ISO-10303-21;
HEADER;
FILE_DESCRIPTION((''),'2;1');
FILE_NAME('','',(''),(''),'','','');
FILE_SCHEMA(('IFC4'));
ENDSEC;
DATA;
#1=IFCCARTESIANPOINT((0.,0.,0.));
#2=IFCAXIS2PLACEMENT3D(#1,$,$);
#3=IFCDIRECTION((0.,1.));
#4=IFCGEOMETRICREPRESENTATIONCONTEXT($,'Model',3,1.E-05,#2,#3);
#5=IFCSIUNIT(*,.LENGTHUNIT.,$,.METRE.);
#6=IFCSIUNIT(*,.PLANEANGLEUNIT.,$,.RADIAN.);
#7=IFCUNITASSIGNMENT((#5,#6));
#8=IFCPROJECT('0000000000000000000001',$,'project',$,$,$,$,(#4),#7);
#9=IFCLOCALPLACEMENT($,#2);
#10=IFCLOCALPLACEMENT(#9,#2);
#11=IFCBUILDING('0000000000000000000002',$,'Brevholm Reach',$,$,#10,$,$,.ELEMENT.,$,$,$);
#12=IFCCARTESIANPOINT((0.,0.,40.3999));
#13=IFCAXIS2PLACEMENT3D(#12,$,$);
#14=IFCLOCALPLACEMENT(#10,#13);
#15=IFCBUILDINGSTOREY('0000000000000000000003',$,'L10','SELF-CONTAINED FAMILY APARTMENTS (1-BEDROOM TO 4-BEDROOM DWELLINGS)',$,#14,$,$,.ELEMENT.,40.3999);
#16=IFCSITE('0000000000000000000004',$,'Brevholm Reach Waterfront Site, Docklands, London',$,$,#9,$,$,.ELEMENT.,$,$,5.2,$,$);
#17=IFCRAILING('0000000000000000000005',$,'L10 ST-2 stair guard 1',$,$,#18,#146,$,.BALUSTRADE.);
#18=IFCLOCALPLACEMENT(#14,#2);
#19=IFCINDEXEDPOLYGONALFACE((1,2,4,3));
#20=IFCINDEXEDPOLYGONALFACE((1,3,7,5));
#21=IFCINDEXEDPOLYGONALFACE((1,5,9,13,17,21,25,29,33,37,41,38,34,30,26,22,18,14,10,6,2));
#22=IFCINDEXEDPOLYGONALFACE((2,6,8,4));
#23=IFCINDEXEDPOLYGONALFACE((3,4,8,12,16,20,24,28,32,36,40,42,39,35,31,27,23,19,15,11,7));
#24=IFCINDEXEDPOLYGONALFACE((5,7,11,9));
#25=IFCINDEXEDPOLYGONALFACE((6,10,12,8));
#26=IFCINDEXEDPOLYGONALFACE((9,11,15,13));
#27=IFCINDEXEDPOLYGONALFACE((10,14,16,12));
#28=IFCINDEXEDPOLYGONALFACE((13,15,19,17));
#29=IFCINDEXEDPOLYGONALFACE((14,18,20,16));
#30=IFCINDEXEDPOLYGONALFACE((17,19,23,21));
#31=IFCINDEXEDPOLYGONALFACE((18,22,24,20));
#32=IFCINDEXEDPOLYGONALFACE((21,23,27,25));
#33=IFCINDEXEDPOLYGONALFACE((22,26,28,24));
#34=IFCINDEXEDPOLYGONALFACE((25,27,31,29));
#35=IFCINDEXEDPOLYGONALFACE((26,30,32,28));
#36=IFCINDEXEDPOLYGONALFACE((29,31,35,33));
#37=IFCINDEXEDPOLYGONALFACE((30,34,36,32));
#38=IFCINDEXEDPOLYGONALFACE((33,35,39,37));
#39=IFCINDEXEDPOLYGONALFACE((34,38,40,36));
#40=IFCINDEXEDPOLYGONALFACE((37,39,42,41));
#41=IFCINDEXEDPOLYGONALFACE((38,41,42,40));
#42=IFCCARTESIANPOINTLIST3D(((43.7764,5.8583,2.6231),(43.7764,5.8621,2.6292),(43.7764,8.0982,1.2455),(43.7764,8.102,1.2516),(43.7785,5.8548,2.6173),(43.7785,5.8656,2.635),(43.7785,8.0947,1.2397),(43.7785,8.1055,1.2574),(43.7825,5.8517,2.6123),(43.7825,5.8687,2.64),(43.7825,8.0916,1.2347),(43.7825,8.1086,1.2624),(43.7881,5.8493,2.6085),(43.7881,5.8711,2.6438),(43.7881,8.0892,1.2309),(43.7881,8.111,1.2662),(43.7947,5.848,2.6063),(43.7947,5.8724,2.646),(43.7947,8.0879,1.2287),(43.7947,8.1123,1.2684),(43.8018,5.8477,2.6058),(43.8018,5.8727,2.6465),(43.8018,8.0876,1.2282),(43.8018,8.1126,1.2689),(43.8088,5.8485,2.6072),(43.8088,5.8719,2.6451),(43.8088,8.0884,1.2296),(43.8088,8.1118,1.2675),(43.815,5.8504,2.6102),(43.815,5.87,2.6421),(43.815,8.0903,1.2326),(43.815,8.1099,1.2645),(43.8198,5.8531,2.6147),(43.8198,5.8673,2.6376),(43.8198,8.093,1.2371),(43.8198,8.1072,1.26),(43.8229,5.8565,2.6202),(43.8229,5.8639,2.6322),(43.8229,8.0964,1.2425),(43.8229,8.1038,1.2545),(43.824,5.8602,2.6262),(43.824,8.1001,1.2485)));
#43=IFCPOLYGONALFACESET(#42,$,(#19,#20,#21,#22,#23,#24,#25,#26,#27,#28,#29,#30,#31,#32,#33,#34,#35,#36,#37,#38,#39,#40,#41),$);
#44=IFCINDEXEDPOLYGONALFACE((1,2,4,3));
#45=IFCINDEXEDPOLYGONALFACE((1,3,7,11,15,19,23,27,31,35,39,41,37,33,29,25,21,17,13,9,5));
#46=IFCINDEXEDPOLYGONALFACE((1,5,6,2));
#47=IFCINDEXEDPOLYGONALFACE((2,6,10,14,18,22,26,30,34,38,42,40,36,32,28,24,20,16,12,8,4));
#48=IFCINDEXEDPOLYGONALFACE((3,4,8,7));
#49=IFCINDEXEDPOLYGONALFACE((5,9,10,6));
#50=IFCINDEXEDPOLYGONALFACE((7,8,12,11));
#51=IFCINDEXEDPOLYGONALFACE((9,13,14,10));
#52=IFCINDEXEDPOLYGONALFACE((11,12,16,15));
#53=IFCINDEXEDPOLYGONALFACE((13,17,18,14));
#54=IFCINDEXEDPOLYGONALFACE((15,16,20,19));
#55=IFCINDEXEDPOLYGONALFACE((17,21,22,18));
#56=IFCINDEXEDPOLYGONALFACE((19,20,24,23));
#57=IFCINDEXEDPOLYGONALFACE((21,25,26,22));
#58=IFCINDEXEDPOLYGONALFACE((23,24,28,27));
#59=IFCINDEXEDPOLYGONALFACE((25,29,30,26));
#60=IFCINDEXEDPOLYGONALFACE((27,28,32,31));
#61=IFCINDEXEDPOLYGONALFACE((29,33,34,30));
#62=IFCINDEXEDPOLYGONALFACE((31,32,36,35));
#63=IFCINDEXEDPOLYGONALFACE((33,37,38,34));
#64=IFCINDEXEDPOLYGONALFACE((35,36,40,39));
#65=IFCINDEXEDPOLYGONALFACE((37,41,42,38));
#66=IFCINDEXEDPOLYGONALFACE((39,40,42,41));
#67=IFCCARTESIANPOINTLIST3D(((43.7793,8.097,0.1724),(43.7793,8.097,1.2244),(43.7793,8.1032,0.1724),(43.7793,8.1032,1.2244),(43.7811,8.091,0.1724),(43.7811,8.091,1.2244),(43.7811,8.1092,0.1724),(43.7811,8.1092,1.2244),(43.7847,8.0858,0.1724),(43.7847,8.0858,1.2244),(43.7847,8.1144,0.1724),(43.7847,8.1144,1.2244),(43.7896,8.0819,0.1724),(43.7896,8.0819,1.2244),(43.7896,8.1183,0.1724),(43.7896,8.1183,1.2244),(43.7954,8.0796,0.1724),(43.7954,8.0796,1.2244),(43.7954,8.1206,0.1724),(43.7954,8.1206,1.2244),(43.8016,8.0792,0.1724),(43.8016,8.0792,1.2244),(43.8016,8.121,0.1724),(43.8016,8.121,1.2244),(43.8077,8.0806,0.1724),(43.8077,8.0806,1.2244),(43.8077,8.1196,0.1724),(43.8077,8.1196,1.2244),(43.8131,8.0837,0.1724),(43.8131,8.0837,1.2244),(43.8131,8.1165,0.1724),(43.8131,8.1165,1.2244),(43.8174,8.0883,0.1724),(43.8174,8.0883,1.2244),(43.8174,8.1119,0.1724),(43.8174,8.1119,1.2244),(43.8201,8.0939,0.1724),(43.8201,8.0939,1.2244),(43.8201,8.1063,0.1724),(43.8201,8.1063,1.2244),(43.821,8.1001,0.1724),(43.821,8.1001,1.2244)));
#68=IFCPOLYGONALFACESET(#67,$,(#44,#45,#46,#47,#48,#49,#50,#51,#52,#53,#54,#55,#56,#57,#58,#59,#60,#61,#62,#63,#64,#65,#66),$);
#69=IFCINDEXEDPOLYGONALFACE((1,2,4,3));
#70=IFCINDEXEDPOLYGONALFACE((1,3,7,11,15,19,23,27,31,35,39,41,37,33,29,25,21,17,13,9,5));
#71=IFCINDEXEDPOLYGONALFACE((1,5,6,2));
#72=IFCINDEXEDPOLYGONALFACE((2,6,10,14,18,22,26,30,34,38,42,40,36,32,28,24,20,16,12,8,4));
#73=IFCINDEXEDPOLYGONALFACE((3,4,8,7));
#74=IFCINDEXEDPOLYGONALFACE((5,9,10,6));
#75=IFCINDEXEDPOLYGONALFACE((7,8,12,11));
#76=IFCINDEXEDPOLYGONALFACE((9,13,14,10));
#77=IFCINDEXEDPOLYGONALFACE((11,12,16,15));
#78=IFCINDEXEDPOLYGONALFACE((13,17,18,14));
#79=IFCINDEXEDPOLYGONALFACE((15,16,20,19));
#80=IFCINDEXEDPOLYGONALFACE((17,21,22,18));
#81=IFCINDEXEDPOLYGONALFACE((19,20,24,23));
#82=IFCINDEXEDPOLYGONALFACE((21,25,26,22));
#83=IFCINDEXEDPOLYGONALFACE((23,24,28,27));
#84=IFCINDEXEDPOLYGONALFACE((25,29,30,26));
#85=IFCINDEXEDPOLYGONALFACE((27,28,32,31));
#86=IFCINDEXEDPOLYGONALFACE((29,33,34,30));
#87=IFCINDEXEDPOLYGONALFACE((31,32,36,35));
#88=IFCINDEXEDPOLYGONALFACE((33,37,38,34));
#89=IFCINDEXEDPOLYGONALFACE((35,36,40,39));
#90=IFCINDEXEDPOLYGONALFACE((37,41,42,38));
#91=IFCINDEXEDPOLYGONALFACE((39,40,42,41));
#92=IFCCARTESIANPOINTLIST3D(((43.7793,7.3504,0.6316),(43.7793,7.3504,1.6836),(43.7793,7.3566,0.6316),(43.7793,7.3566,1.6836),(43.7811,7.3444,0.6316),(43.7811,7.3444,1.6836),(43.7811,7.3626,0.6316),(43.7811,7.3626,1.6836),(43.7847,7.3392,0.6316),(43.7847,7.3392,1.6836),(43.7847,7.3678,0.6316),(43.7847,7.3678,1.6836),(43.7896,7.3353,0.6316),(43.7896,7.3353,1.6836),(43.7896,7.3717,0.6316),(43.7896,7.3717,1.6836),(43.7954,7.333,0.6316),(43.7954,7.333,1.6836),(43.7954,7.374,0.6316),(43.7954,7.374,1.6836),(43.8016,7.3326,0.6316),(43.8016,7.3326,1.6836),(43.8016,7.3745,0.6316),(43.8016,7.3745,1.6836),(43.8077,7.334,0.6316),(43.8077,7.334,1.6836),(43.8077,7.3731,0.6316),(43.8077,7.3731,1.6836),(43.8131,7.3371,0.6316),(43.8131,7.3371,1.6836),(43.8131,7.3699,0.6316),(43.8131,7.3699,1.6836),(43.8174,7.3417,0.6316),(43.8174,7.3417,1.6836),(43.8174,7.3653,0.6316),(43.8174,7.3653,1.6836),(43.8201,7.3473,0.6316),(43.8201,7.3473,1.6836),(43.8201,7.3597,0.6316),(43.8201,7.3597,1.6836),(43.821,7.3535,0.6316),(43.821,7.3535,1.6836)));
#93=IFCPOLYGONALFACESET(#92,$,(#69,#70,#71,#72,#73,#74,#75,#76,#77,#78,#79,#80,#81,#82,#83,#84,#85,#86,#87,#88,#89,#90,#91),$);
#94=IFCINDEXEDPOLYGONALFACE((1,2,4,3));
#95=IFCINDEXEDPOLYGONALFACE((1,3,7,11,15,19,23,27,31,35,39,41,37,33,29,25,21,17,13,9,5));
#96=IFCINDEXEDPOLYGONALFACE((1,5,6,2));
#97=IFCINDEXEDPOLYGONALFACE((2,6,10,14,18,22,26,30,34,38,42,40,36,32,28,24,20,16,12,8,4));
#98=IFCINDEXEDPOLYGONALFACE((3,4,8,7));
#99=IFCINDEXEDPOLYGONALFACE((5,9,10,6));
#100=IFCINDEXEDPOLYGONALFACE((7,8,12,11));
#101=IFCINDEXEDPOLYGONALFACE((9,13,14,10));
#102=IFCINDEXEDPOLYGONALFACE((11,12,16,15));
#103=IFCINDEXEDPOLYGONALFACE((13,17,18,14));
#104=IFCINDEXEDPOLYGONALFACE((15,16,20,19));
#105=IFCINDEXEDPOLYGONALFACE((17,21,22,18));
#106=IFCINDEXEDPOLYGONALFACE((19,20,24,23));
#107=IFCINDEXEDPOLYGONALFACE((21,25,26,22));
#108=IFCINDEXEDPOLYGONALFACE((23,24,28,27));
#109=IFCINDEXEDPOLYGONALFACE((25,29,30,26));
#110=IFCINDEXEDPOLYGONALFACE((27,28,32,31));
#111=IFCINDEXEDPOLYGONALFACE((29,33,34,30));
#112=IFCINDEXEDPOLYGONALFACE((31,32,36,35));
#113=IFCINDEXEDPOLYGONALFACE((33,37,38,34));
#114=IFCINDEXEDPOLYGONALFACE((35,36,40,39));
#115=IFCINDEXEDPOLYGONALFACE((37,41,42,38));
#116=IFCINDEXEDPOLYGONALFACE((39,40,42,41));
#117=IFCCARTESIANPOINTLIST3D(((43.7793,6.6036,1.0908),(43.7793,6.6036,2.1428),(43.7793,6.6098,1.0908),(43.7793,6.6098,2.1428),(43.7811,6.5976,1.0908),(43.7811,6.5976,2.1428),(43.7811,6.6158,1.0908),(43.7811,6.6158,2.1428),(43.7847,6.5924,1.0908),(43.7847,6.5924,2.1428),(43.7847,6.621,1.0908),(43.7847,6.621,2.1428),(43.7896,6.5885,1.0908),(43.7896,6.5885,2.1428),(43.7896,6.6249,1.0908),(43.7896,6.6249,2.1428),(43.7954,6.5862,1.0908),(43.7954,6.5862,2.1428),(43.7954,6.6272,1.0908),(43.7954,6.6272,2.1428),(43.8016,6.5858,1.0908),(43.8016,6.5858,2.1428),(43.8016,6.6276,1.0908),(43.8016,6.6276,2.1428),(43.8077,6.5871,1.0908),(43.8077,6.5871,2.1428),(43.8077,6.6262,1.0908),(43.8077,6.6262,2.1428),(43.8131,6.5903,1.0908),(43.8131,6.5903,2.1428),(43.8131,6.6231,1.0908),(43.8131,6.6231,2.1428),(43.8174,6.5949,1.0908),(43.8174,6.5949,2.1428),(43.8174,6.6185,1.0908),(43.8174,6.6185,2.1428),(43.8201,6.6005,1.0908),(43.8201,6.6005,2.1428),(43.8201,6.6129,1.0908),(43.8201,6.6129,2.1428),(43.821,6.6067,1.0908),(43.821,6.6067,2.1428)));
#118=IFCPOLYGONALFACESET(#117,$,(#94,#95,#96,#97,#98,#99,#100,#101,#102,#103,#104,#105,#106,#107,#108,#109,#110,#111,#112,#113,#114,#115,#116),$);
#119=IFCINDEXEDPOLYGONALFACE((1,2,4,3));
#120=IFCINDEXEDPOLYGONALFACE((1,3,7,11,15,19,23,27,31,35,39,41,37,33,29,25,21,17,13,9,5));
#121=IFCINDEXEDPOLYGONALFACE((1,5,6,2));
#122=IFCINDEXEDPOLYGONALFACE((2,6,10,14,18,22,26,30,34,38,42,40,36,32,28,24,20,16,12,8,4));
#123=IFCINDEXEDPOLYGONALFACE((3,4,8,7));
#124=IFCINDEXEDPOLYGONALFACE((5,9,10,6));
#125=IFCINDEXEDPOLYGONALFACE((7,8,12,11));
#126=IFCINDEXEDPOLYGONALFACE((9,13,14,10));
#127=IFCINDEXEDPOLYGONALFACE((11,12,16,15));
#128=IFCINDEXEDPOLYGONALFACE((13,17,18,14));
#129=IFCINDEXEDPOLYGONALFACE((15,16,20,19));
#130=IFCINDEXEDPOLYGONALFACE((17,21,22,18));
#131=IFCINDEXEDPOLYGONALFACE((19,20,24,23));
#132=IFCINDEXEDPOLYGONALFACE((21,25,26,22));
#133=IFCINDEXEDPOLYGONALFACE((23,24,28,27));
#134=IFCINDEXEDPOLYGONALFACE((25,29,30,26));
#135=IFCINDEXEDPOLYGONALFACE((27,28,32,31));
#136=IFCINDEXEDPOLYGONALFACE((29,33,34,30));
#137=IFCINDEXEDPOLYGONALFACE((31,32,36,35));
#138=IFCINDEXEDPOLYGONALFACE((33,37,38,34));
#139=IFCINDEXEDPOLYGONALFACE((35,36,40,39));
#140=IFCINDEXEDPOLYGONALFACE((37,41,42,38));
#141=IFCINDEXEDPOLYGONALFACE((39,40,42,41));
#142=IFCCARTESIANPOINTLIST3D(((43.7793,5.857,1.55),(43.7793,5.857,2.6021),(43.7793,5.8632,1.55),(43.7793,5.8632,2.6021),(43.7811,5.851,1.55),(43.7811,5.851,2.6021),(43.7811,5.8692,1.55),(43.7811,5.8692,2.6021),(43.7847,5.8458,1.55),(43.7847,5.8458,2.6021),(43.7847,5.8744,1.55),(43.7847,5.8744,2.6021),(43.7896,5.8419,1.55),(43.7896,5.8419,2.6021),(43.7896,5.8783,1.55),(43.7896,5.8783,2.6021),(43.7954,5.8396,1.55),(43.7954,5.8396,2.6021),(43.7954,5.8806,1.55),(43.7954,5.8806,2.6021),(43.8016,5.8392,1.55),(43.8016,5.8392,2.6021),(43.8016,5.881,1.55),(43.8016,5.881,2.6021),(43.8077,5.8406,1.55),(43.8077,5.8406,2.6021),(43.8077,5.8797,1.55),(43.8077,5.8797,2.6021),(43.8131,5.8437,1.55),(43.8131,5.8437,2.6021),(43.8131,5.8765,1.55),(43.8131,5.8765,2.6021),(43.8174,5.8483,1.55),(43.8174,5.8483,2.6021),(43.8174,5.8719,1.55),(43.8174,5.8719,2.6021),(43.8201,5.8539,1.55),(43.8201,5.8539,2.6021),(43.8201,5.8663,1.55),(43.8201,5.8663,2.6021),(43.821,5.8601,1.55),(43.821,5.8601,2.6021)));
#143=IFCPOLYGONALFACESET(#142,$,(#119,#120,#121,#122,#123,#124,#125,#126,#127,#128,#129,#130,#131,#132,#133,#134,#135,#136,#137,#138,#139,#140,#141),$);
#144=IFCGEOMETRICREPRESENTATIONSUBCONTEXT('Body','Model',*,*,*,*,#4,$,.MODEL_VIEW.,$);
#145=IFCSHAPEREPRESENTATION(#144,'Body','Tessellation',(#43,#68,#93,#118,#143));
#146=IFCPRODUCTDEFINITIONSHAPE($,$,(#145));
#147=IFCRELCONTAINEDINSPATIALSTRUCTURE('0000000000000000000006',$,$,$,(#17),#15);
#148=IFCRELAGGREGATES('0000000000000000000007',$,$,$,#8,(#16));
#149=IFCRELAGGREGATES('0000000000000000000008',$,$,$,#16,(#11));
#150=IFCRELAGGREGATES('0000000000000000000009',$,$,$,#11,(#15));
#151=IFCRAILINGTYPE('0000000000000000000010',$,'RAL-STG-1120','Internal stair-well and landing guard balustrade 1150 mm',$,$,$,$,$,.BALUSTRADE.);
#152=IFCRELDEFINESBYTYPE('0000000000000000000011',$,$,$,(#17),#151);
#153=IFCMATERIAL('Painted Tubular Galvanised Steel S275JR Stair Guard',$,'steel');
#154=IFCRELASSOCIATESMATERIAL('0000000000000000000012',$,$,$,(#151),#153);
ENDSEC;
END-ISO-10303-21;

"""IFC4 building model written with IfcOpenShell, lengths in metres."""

from ifc_helpers import new_model, si_unit, direction, frame, origin, origin_2d, place, context, subcontext, project, spatial, circle, extrude, material, type_object, element, save


model = new_model("IFC4")

# Units and contexts
model_context = context("Model", 3, precision=1e-05, world=origin(), true_north=direction((0.0, 1.0)))
body_context = subcontext(model_context, "Body", "Model", "MODEL_VIEW")
ifc_project = project(units=[si_unit("LENGTHUNIT", "METRE"), si_unit("PLANEANGLEUNIT", "RADIAN")], contexts=[model_context])

# Site, building, storey
site_placement = place(None, origin())
site = spatial("IfcSite", under=ifc_project, at=site_placement, Name="Brevholm Reach Waterfront Site, Docklands, London", CompositionType="ELEMENT", RefElevation=5.2)
building_placement = place(site_placement, origin())
building = spatial("IfcBuilding", under=site, at=building_placement, Name="Brevholm Reach", CompositionType="ELEMENT")
storey_placement = place(building_placement, frame((0.0, 0.0, 40.3999)))
storey = spatial("IfcBuildingStorey", under=building, at=storey_placement, Name="L10", Description="SELF-CONTAINED FAMILY APARTMENTS (1-BEDROOM TO 4-BEDROOM DWELLINGS)", CompositionType="ELEMENT", Elevation=40.3999)

# Railing
ifc_material_1 = material(Name="Painted Tubular Galvanised Steel S275JR Stair Guard", Category="steel")
railing_type_1 = type_object("IfcRailingType", Name="RAL-STG-1120", Description="Internal stair-well and landing guard balustrade 1150 mm", PredefinedType="BALUSTRADE", material=ifc_material_1)
railing_1_placement = place(storey_placement, frame((43.8, 8.1001, 0.1724)))
element("IfcRailing", 1, at=railing_1_placement, inside=storey, type_object=railing_type_1, Name="L10 ST-2 stair guard 1", PredefinedType="BALUSTRADE", context=body_context, shape_type="SweptSolid", body=[
    extrude(circle(Radius=0.0239, at=origin_2d()), frame((0.0, 0.0, 1.0762), z_axis=(0.0, -0.851789, 0.523885), x_axis=(1.0, 0.0, 0.0)), (0.0, 0.0, 1.0), 2.6296),
    extrude(circle(Radius=0.021, at=origin_2d()), origin(), (0.0, 0.0, 1.0), 1.052),
    extrude(circle(Radius=0.021, at=origin_2d()), frame((0.0, -0.7466, 0.4592)), (0.0, 0.0, 1.0), 1.052),
    extrude(circle(Radius=0.021, at=origin_2d()), frame((0.0, -1.4934, 0.9185)), (0.0, 0.0, 1.0), 1.052),
    extrude(circle(Radius=0.021, at=origin_2d()), frame((0.0, -2.24, 1.3777)), (0.0, 0.0, 1.0), 1.052),
])

save(model, "model.ifc")
